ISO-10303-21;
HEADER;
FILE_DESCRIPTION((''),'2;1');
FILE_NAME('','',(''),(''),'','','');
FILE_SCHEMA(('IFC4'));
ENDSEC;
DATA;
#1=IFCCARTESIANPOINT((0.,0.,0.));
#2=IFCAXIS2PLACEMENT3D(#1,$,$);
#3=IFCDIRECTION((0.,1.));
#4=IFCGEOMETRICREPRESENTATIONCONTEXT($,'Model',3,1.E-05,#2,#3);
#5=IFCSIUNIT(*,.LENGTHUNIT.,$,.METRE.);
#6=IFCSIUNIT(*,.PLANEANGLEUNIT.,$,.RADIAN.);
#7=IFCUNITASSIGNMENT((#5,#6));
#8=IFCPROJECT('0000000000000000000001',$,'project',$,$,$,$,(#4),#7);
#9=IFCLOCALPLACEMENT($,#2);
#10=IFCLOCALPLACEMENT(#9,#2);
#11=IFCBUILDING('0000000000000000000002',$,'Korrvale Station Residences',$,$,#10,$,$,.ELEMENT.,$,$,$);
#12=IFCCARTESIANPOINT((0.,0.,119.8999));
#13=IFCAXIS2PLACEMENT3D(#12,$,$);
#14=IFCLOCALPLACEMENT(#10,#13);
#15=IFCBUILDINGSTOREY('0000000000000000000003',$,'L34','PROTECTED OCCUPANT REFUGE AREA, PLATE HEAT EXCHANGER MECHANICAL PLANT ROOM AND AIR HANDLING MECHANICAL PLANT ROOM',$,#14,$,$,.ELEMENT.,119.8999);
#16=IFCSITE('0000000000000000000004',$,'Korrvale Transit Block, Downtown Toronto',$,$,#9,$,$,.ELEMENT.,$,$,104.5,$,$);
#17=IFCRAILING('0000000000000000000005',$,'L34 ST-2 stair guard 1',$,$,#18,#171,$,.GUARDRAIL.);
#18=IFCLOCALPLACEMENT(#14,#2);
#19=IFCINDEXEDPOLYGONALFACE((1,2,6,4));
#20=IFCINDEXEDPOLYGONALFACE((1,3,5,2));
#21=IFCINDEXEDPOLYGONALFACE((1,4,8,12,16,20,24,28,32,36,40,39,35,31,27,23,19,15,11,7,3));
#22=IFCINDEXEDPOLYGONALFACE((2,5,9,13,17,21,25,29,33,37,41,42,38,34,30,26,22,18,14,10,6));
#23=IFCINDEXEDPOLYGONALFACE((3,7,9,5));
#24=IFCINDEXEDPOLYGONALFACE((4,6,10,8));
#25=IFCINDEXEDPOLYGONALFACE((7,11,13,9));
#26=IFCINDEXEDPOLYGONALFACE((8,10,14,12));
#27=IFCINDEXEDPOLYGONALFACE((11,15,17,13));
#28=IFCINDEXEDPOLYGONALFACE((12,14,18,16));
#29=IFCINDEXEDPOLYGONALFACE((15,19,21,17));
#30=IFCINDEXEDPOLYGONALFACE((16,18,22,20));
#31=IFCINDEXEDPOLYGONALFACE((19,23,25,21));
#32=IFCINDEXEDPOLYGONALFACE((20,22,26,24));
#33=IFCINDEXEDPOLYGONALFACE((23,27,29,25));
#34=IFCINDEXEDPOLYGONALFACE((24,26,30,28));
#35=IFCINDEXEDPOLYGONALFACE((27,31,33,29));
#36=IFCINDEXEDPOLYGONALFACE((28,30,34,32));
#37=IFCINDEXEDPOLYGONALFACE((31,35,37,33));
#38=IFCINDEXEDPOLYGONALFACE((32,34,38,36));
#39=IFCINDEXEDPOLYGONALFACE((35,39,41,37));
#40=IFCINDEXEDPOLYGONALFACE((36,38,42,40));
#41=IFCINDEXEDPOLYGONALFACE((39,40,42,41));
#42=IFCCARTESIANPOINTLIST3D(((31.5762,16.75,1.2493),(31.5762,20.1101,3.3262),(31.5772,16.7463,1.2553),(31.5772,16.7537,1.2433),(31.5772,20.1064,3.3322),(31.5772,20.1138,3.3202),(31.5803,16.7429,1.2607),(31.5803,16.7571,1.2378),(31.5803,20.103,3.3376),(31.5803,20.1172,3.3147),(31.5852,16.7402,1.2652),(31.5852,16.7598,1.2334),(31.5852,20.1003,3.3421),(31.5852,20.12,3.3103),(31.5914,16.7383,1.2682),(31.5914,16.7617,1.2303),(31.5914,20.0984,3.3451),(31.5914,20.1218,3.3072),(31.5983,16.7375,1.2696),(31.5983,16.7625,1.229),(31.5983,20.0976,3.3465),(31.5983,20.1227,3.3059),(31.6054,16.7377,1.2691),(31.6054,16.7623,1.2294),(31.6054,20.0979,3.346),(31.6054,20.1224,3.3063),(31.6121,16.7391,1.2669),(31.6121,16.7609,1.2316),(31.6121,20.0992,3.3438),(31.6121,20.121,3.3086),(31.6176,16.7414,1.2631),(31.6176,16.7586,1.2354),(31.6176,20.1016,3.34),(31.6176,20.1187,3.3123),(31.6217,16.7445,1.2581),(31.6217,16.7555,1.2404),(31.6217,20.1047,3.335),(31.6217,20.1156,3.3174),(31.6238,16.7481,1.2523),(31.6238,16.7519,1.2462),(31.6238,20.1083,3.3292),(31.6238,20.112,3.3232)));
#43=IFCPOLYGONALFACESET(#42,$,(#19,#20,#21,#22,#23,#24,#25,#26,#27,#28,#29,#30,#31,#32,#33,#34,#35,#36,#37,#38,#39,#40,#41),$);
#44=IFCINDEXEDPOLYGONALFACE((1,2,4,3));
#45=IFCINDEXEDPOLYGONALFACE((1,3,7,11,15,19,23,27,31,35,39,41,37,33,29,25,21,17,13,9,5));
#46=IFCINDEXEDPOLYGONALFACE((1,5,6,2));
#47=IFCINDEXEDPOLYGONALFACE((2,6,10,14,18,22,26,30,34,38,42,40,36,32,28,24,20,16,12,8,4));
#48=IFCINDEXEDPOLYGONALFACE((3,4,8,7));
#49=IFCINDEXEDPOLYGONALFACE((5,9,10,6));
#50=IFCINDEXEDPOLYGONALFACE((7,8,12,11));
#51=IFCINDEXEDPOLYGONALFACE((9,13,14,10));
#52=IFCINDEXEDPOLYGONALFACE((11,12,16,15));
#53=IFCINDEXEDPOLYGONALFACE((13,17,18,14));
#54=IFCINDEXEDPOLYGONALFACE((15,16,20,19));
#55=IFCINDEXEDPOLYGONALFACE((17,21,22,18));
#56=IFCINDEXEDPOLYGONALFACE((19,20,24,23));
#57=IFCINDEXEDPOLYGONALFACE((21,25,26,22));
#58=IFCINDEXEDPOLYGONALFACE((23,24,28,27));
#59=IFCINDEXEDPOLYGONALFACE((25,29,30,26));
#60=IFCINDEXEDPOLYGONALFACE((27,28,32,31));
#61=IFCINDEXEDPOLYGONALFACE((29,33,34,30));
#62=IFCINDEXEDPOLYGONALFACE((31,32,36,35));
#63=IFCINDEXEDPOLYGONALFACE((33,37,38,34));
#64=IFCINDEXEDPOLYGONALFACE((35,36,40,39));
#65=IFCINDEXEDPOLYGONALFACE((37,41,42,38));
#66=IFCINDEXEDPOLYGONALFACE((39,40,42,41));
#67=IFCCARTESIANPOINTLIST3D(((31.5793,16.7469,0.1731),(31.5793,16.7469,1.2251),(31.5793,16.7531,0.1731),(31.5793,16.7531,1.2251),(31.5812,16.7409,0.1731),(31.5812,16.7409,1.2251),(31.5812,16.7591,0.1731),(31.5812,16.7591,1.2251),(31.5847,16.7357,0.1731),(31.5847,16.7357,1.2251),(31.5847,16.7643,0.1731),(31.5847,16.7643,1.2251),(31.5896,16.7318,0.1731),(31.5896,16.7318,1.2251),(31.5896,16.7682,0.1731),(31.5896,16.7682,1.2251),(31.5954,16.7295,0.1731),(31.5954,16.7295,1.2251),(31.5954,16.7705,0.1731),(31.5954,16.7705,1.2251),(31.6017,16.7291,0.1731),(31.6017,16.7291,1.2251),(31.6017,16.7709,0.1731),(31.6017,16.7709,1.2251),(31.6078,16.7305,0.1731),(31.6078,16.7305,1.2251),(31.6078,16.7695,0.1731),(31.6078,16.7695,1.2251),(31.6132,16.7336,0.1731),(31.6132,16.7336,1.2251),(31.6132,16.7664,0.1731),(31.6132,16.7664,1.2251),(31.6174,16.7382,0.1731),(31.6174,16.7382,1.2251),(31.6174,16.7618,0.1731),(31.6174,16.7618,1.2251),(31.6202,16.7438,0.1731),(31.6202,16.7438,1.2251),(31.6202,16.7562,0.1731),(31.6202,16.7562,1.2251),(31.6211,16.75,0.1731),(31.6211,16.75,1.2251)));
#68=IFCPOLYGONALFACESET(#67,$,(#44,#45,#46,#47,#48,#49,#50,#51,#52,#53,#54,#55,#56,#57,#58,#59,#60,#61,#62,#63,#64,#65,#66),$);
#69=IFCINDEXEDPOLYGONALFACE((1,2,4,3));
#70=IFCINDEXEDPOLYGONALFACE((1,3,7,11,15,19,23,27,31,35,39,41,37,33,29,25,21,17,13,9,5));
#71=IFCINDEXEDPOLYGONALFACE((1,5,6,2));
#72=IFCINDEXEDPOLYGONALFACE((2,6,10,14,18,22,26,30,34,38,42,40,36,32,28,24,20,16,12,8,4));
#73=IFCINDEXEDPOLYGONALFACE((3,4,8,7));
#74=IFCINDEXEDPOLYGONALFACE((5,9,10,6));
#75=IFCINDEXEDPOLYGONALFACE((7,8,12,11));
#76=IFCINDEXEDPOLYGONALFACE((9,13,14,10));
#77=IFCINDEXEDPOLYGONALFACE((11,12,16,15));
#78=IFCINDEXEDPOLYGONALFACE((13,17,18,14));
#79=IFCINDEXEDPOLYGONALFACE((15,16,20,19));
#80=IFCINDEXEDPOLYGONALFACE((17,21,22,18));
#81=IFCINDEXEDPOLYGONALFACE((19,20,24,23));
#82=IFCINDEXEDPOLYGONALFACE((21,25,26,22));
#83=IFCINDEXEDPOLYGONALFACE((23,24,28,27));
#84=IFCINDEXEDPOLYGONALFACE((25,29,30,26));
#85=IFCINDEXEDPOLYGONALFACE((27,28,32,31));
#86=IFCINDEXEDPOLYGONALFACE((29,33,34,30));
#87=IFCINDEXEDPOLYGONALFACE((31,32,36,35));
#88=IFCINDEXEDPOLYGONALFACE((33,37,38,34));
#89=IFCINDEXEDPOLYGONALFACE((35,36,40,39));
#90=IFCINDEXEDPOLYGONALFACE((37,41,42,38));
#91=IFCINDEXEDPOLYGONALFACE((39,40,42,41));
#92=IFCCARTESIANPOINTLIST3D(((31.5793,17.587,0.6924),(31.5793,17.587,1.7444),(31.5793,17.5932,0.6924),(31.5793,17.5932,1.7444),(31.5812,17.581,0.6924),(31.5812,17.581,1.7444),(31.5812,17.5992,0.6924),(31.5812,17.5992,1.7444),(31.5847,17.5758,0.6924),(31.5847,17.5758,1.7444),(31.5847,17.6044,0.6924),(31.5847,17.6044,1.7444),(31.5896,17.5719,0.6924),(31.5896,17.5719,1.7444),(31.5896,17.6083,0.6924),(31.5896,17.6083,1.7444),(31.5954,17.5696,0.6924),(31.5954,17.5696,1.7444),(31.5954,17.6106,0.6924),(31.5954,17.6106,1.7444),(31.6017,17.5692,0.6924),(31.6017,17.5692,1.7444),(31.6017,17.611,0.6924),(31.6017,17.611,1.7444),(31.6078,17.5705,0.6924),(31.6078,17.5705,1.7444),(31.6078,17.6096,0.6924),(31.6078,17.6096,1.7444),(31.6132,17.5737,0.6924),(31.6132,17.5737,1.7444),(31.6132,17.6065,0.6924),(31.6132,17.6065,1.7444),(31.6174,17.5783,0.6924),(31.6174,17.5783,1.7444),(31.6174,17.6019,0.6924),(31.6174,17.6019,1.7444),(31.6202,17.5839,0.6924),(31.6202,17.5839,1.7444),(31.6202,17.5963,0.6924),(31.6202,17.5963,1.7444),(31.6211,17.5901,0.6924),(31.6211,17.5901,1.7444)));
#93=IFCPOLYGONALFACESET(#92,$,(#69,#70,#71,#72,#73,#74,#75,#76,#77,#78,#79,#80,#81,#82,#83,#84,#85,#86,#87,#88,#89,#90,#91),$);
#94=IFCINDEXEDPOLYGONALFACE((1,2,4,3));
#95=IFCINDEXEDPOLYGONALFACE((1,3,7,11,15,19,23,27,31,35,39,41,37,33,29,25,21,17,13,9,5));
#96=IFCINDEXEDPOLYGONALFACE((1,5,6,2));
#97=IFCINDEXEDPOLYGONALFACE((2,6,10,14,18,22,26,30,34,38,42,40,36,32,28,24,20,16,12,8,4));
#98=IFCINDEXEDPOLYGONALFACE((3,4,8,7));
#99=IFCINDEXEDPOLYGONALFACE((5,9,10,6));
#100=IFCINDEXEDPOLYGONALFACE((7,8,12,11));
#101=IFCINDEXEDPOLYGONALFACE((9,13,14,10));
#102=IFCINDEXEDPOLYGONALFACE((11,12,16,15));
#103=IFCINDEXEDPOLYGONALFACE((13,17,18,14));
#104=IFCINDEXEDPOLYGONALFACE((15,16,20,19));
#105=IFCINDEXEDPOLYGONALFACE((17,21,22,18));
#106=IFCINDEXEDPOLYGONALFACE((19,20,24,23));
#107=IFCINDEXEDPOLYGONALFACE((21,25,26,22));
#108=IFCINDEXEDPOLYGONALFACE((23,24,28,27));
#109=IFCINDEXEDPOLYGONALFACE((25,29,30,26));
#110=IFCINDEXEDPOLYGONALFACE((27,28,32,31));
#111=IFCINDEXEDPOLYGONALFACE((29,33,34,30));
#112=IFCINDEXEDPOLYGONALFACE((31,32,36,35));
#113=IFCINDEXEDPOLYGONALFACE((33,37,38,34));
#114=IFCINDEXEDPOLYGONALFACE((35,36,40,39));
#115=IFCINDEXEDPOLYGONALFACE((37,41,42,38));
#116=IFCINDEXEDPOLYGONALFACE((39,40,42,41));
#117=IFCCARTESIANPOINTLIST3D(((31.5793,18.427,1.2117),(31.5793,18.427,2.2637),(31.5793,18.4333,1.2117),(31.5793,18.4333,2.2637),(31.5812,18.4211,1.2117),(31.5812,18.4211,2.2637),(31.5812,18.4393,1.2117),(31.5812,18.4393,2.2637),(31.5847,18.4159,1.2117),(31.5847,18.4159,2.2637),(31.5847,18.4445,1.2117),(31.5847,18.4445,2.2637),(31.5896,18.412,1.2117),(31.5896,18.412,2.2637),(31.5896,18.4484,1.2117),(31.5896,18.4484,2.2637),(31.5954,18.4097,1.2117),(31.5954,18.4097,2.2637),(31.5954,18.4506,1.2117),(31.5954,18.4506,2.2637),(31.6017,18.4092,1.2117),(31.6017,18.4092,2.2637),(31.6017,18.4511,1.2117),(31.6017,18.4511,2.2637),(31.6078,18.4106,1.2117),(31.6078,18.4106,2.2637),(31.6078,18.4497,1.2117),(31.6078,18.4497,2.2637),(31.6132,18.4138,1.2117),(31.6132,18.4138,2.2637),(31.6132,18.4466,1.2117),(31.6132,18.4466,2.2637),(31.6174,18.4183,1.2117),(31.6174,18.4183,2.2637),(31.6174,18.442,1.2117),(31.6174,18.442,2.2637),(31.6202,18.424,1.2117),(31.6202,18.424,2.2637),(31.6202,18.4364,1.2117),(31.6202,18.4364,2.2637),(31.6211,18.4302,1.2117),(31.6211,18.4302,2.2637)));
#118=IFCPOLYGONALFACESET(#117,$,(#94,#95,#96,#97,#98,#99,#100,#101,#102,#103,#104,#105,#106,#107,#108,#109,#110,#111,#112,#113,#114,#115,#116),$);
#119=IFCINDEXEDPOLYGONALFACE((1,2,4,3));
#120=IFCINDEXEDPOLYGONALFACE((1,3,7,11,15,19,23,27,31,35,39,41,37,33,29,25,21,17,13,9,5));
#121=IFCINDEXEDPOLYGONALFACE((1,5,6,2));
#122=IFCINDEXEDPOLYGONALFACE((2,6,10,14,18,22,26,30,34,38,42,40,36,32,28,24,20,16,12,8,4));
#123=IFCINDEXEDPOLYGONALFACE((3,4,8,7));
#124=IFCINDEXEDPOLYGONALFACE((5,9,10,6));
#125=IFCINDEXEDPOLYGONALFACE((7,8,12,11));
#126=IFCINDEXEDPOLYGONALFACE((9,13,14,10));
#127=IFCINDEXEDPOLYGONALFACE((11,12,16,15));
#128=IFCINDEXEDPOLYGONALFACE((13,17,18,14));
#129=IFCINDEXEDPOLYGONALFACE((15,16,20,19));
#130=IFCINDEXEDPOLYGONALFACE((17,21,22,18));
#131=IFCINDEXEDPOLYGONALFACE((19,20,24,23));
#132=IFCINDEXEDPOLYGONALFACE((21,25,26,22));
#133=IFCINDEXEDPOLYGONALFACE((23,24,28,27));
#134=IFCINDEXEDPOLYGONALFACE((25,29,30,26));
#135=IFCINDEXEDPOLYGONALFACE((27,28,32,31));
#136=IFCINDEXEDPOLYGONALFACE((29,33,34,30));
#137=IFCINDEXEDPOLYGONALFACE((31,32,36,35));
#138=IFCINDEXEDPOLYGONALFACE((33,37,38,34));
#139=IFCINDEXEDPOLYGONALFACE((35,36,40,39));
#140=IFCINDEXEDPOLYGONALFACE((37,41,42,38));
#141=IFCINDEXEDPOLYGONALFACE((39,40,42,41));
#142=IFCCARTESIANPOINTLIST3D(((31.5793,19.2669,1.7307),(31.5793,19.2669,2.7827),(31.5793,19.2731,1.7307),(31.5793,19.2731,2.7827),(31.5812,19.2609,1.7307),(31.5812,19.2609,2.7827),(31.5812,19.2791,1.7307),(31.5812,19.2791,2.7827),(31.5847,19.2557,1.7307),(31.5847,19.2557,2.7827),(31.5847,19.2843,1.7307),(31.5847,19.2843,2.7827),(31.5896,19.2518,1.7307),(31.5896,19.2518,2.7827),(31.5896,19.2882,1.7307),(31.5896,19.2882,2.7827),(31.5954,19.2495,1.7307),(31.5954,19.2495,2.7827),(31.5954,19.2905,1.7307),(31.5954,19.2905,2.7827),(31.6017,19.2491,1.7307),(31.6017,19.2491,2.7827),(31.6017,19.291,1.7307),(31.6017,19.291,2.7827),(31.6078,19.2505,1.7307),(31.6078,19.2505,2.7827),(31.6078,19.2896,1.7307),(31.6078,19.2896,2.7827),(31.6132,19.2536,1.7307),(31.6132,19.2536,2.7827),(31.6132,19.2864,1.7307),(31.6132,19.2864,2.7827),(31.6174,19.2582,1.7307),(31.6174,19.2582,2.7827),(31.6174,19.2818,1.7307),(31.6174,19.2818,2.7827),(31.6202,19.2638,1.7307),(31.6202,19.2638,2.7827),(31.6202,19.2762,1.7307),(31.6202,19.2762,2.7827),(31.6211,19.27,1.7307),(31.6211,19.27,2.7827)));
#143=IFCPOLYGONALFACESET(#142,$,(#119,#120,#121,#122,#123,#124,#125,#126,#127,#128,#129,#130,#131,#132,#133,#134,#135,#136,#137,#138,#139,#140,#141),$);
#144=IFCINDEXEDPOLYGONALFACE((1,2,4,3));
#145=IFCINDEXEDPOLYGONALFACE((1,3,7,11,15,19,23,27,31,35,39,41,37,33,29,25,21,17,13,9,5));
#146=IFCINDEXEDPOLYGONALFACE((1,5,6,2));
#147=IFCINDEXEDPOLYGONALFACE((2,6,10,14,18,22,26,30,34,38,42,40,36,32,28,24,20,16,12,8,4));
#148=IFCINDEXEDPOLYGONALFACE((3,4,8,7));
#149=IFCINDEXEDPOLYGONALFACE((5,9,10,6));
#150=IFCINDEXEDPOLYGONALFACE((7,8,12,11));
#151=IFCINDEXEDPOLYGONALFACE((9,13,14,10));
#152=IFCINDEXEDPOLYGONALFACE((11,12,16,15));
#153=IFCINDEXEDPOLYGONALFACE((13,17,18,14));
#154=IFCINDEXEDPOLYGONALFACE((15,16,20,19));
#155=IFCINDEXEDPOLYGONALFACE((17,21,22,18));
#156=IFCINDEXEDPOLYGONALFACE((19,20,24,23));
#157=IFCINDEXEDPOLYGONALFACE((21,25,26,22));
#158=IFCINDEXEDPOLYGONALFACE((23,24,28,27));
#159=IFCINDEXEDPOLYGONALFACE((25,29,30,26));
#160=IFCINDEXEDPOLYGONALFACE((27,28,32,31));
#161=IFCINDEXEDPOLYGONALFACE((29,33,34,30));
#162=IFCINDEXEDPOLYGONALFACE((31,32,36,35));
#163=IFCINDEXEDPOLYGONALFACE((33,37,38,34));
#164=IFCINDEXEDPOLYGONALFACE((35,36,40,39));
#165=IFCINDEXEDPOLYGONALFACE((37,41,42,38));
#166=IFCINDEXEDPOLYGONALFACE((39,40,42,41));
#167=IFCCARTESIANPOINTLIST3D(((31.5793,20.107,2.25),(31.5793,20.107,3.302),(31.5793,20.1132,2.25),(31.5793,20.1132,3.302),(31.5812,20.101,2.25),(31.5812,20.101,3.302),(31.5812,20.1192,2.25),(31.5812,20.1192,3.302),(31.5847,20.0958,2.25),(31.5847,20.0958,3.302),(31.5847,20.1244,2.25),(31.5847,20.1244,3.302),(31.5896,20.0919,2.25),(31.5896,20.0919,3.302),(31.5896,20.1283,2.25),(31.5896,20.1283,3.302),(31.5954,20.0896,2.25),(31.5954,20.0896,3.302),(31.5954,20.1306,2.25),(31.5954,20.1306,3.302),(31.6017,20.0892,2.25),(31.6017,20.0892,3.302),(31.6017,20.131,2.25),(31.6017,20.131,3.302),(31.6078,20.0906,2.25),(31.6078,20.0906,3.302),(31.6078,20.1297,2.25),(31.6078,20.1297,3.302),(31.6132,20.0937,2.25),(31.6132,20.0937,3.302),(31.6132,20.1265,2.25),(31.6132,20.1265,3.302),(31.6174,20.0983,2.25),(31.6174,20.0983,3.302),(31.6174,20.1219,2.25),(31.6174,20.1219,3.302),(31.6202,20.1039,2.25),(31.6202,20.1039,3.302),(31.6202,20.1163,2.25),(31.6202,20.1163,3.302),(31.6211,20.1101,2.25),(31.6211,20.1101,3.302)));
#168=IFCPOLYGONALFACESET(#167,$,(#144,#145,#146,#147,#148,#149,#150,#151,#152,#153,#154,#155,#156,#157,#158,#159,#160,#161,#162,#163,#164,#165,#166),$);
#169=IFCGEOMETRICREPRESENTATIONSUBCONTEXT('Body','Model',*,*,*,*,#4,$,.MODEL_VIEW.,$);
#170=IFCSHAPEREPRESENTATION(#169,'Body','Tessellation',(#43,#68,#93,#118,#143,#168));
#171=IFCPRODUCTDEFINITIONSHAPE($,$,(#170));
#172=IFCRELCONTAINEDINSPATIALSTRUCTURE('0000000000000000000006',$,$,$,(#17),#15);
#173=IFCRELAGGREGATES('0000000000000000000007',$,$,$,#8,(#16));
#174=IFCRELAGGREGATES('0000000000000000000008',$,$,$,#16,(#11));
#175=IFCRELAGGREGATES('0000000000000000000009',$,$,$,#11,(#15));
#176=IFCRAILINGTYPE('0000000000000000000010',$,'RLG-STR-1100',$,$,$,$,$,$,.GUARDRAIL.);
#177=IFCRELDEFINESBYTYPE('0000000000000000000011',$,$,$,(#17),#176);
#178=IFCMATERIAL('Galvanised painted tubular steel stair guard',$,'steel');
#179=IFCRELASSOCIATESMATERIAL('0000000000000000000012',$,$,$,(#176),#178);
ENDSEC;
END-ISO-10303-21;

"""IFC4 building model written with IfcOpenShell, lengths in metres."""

from ifc_helpers import new_model, si_unit, direction, frame, origin, origin_2d, place, context, subcontext, project, spatial, circle, extrude, material, type_object, element, save


model = new_model("IFC4")

# Units and contexts
model_context = context("Model", 3, precision=1e-05, world=origin(), true_north=direction((0.0, 1.0)))
body_context = subcontext(model_context, "Body", "Model", "MODEL_VIEW")
ifc_project = project(units=[si_unit("LENGTHUNIT", "METRE"), si_unit("PLANEANGLEUNIT", "RADIAN")], contexts=[model_context])

# Site, building, storey
site_placement = place(None, origin())
site = spatial("IfcSite", under=ifc_project, at=site_placement, Name="Korrvale Transit Block, Downtown Toronto", CompositionType="ELEMENT", RefElevation=104.5)
building_placement = place(site_placement, origin())
building = spatial("IfcBuilding", under=site, at=building_placement, Name="Korrvale Station Residences", CompositionType="ELEMENT")
storey_placement = place(building_placement, frame((0.0, 0.0, 119.8999)))
storey = spatial("IfcBuildingStorey", under=building, at=storey_placement, Name="L34", Description="PROTECTED OCCUPANT REFUGE AREA, PLATE HEAT EXCHANGER MECHANICAL PLANT ROOM AND AIR HANDLING MECHANICAL PLANT ROOM", CompositionType="ELEMENT", Elevation=119.8999)

# Railing
ifc_material_1 = material(Name="Galvanised painted tubular steel stair guard", Category="steel")
railing_type_1 = type_object("IfcRailingType", Name="RLG-STR-1100", PredefinedType="GUARDRAIL", material=ifc_material_1)
railing_1_placement = place(storey_placement, frame((31.6001, 16.75, 0.1731)))
element("IfcRailing", 1, at=railing_1_placement, inside=storey, type_object=railing_type_1, Name="L34 ST-2 stair guard 1", PredefinedType="GUARDRAIL", context=body_context, shape_type="SweptSolid", body=[
    extrude(circle(Radius=0.0239, at=origin_2d()), frame((0.0, 0.0, 1.0762), z_axis=(0.0, 0.850623, 0.525776), x_axis=(-1.0, 0.0, 0.0)), (0.0, 0.0, 1.0), 3.9502),
    extrude(circle(Radius=0.021, at=origin_2d()), origin(), (0.0, 0.0, 1.0), 1.052),
    extrude(circle(Radius=0.021, at=origin_2d()), frame((0.0, 0.8401, 0.5193)), (0.0, 0.0, 1.0), 1.052),
    extrude(circle(Radius=0.021, at=origin_2d()), frame((0.0, 1.6802, 1.0386)), (0.0, 0.0, 1.0), 1.052),
    extrude(circle(Radius=0.021, at=origin_2d()), frame((0.0, 2.52, 1.5576)), (0.0, 0.0, 1.0), 1.052),
    extrude(circle(Radius=0.021, at=origin_2d()), frame((0.0, 3.3601, 2.0769)), (0.0, 0.0, 1.0), 1.052),
])

save(model, "model.ifc")
